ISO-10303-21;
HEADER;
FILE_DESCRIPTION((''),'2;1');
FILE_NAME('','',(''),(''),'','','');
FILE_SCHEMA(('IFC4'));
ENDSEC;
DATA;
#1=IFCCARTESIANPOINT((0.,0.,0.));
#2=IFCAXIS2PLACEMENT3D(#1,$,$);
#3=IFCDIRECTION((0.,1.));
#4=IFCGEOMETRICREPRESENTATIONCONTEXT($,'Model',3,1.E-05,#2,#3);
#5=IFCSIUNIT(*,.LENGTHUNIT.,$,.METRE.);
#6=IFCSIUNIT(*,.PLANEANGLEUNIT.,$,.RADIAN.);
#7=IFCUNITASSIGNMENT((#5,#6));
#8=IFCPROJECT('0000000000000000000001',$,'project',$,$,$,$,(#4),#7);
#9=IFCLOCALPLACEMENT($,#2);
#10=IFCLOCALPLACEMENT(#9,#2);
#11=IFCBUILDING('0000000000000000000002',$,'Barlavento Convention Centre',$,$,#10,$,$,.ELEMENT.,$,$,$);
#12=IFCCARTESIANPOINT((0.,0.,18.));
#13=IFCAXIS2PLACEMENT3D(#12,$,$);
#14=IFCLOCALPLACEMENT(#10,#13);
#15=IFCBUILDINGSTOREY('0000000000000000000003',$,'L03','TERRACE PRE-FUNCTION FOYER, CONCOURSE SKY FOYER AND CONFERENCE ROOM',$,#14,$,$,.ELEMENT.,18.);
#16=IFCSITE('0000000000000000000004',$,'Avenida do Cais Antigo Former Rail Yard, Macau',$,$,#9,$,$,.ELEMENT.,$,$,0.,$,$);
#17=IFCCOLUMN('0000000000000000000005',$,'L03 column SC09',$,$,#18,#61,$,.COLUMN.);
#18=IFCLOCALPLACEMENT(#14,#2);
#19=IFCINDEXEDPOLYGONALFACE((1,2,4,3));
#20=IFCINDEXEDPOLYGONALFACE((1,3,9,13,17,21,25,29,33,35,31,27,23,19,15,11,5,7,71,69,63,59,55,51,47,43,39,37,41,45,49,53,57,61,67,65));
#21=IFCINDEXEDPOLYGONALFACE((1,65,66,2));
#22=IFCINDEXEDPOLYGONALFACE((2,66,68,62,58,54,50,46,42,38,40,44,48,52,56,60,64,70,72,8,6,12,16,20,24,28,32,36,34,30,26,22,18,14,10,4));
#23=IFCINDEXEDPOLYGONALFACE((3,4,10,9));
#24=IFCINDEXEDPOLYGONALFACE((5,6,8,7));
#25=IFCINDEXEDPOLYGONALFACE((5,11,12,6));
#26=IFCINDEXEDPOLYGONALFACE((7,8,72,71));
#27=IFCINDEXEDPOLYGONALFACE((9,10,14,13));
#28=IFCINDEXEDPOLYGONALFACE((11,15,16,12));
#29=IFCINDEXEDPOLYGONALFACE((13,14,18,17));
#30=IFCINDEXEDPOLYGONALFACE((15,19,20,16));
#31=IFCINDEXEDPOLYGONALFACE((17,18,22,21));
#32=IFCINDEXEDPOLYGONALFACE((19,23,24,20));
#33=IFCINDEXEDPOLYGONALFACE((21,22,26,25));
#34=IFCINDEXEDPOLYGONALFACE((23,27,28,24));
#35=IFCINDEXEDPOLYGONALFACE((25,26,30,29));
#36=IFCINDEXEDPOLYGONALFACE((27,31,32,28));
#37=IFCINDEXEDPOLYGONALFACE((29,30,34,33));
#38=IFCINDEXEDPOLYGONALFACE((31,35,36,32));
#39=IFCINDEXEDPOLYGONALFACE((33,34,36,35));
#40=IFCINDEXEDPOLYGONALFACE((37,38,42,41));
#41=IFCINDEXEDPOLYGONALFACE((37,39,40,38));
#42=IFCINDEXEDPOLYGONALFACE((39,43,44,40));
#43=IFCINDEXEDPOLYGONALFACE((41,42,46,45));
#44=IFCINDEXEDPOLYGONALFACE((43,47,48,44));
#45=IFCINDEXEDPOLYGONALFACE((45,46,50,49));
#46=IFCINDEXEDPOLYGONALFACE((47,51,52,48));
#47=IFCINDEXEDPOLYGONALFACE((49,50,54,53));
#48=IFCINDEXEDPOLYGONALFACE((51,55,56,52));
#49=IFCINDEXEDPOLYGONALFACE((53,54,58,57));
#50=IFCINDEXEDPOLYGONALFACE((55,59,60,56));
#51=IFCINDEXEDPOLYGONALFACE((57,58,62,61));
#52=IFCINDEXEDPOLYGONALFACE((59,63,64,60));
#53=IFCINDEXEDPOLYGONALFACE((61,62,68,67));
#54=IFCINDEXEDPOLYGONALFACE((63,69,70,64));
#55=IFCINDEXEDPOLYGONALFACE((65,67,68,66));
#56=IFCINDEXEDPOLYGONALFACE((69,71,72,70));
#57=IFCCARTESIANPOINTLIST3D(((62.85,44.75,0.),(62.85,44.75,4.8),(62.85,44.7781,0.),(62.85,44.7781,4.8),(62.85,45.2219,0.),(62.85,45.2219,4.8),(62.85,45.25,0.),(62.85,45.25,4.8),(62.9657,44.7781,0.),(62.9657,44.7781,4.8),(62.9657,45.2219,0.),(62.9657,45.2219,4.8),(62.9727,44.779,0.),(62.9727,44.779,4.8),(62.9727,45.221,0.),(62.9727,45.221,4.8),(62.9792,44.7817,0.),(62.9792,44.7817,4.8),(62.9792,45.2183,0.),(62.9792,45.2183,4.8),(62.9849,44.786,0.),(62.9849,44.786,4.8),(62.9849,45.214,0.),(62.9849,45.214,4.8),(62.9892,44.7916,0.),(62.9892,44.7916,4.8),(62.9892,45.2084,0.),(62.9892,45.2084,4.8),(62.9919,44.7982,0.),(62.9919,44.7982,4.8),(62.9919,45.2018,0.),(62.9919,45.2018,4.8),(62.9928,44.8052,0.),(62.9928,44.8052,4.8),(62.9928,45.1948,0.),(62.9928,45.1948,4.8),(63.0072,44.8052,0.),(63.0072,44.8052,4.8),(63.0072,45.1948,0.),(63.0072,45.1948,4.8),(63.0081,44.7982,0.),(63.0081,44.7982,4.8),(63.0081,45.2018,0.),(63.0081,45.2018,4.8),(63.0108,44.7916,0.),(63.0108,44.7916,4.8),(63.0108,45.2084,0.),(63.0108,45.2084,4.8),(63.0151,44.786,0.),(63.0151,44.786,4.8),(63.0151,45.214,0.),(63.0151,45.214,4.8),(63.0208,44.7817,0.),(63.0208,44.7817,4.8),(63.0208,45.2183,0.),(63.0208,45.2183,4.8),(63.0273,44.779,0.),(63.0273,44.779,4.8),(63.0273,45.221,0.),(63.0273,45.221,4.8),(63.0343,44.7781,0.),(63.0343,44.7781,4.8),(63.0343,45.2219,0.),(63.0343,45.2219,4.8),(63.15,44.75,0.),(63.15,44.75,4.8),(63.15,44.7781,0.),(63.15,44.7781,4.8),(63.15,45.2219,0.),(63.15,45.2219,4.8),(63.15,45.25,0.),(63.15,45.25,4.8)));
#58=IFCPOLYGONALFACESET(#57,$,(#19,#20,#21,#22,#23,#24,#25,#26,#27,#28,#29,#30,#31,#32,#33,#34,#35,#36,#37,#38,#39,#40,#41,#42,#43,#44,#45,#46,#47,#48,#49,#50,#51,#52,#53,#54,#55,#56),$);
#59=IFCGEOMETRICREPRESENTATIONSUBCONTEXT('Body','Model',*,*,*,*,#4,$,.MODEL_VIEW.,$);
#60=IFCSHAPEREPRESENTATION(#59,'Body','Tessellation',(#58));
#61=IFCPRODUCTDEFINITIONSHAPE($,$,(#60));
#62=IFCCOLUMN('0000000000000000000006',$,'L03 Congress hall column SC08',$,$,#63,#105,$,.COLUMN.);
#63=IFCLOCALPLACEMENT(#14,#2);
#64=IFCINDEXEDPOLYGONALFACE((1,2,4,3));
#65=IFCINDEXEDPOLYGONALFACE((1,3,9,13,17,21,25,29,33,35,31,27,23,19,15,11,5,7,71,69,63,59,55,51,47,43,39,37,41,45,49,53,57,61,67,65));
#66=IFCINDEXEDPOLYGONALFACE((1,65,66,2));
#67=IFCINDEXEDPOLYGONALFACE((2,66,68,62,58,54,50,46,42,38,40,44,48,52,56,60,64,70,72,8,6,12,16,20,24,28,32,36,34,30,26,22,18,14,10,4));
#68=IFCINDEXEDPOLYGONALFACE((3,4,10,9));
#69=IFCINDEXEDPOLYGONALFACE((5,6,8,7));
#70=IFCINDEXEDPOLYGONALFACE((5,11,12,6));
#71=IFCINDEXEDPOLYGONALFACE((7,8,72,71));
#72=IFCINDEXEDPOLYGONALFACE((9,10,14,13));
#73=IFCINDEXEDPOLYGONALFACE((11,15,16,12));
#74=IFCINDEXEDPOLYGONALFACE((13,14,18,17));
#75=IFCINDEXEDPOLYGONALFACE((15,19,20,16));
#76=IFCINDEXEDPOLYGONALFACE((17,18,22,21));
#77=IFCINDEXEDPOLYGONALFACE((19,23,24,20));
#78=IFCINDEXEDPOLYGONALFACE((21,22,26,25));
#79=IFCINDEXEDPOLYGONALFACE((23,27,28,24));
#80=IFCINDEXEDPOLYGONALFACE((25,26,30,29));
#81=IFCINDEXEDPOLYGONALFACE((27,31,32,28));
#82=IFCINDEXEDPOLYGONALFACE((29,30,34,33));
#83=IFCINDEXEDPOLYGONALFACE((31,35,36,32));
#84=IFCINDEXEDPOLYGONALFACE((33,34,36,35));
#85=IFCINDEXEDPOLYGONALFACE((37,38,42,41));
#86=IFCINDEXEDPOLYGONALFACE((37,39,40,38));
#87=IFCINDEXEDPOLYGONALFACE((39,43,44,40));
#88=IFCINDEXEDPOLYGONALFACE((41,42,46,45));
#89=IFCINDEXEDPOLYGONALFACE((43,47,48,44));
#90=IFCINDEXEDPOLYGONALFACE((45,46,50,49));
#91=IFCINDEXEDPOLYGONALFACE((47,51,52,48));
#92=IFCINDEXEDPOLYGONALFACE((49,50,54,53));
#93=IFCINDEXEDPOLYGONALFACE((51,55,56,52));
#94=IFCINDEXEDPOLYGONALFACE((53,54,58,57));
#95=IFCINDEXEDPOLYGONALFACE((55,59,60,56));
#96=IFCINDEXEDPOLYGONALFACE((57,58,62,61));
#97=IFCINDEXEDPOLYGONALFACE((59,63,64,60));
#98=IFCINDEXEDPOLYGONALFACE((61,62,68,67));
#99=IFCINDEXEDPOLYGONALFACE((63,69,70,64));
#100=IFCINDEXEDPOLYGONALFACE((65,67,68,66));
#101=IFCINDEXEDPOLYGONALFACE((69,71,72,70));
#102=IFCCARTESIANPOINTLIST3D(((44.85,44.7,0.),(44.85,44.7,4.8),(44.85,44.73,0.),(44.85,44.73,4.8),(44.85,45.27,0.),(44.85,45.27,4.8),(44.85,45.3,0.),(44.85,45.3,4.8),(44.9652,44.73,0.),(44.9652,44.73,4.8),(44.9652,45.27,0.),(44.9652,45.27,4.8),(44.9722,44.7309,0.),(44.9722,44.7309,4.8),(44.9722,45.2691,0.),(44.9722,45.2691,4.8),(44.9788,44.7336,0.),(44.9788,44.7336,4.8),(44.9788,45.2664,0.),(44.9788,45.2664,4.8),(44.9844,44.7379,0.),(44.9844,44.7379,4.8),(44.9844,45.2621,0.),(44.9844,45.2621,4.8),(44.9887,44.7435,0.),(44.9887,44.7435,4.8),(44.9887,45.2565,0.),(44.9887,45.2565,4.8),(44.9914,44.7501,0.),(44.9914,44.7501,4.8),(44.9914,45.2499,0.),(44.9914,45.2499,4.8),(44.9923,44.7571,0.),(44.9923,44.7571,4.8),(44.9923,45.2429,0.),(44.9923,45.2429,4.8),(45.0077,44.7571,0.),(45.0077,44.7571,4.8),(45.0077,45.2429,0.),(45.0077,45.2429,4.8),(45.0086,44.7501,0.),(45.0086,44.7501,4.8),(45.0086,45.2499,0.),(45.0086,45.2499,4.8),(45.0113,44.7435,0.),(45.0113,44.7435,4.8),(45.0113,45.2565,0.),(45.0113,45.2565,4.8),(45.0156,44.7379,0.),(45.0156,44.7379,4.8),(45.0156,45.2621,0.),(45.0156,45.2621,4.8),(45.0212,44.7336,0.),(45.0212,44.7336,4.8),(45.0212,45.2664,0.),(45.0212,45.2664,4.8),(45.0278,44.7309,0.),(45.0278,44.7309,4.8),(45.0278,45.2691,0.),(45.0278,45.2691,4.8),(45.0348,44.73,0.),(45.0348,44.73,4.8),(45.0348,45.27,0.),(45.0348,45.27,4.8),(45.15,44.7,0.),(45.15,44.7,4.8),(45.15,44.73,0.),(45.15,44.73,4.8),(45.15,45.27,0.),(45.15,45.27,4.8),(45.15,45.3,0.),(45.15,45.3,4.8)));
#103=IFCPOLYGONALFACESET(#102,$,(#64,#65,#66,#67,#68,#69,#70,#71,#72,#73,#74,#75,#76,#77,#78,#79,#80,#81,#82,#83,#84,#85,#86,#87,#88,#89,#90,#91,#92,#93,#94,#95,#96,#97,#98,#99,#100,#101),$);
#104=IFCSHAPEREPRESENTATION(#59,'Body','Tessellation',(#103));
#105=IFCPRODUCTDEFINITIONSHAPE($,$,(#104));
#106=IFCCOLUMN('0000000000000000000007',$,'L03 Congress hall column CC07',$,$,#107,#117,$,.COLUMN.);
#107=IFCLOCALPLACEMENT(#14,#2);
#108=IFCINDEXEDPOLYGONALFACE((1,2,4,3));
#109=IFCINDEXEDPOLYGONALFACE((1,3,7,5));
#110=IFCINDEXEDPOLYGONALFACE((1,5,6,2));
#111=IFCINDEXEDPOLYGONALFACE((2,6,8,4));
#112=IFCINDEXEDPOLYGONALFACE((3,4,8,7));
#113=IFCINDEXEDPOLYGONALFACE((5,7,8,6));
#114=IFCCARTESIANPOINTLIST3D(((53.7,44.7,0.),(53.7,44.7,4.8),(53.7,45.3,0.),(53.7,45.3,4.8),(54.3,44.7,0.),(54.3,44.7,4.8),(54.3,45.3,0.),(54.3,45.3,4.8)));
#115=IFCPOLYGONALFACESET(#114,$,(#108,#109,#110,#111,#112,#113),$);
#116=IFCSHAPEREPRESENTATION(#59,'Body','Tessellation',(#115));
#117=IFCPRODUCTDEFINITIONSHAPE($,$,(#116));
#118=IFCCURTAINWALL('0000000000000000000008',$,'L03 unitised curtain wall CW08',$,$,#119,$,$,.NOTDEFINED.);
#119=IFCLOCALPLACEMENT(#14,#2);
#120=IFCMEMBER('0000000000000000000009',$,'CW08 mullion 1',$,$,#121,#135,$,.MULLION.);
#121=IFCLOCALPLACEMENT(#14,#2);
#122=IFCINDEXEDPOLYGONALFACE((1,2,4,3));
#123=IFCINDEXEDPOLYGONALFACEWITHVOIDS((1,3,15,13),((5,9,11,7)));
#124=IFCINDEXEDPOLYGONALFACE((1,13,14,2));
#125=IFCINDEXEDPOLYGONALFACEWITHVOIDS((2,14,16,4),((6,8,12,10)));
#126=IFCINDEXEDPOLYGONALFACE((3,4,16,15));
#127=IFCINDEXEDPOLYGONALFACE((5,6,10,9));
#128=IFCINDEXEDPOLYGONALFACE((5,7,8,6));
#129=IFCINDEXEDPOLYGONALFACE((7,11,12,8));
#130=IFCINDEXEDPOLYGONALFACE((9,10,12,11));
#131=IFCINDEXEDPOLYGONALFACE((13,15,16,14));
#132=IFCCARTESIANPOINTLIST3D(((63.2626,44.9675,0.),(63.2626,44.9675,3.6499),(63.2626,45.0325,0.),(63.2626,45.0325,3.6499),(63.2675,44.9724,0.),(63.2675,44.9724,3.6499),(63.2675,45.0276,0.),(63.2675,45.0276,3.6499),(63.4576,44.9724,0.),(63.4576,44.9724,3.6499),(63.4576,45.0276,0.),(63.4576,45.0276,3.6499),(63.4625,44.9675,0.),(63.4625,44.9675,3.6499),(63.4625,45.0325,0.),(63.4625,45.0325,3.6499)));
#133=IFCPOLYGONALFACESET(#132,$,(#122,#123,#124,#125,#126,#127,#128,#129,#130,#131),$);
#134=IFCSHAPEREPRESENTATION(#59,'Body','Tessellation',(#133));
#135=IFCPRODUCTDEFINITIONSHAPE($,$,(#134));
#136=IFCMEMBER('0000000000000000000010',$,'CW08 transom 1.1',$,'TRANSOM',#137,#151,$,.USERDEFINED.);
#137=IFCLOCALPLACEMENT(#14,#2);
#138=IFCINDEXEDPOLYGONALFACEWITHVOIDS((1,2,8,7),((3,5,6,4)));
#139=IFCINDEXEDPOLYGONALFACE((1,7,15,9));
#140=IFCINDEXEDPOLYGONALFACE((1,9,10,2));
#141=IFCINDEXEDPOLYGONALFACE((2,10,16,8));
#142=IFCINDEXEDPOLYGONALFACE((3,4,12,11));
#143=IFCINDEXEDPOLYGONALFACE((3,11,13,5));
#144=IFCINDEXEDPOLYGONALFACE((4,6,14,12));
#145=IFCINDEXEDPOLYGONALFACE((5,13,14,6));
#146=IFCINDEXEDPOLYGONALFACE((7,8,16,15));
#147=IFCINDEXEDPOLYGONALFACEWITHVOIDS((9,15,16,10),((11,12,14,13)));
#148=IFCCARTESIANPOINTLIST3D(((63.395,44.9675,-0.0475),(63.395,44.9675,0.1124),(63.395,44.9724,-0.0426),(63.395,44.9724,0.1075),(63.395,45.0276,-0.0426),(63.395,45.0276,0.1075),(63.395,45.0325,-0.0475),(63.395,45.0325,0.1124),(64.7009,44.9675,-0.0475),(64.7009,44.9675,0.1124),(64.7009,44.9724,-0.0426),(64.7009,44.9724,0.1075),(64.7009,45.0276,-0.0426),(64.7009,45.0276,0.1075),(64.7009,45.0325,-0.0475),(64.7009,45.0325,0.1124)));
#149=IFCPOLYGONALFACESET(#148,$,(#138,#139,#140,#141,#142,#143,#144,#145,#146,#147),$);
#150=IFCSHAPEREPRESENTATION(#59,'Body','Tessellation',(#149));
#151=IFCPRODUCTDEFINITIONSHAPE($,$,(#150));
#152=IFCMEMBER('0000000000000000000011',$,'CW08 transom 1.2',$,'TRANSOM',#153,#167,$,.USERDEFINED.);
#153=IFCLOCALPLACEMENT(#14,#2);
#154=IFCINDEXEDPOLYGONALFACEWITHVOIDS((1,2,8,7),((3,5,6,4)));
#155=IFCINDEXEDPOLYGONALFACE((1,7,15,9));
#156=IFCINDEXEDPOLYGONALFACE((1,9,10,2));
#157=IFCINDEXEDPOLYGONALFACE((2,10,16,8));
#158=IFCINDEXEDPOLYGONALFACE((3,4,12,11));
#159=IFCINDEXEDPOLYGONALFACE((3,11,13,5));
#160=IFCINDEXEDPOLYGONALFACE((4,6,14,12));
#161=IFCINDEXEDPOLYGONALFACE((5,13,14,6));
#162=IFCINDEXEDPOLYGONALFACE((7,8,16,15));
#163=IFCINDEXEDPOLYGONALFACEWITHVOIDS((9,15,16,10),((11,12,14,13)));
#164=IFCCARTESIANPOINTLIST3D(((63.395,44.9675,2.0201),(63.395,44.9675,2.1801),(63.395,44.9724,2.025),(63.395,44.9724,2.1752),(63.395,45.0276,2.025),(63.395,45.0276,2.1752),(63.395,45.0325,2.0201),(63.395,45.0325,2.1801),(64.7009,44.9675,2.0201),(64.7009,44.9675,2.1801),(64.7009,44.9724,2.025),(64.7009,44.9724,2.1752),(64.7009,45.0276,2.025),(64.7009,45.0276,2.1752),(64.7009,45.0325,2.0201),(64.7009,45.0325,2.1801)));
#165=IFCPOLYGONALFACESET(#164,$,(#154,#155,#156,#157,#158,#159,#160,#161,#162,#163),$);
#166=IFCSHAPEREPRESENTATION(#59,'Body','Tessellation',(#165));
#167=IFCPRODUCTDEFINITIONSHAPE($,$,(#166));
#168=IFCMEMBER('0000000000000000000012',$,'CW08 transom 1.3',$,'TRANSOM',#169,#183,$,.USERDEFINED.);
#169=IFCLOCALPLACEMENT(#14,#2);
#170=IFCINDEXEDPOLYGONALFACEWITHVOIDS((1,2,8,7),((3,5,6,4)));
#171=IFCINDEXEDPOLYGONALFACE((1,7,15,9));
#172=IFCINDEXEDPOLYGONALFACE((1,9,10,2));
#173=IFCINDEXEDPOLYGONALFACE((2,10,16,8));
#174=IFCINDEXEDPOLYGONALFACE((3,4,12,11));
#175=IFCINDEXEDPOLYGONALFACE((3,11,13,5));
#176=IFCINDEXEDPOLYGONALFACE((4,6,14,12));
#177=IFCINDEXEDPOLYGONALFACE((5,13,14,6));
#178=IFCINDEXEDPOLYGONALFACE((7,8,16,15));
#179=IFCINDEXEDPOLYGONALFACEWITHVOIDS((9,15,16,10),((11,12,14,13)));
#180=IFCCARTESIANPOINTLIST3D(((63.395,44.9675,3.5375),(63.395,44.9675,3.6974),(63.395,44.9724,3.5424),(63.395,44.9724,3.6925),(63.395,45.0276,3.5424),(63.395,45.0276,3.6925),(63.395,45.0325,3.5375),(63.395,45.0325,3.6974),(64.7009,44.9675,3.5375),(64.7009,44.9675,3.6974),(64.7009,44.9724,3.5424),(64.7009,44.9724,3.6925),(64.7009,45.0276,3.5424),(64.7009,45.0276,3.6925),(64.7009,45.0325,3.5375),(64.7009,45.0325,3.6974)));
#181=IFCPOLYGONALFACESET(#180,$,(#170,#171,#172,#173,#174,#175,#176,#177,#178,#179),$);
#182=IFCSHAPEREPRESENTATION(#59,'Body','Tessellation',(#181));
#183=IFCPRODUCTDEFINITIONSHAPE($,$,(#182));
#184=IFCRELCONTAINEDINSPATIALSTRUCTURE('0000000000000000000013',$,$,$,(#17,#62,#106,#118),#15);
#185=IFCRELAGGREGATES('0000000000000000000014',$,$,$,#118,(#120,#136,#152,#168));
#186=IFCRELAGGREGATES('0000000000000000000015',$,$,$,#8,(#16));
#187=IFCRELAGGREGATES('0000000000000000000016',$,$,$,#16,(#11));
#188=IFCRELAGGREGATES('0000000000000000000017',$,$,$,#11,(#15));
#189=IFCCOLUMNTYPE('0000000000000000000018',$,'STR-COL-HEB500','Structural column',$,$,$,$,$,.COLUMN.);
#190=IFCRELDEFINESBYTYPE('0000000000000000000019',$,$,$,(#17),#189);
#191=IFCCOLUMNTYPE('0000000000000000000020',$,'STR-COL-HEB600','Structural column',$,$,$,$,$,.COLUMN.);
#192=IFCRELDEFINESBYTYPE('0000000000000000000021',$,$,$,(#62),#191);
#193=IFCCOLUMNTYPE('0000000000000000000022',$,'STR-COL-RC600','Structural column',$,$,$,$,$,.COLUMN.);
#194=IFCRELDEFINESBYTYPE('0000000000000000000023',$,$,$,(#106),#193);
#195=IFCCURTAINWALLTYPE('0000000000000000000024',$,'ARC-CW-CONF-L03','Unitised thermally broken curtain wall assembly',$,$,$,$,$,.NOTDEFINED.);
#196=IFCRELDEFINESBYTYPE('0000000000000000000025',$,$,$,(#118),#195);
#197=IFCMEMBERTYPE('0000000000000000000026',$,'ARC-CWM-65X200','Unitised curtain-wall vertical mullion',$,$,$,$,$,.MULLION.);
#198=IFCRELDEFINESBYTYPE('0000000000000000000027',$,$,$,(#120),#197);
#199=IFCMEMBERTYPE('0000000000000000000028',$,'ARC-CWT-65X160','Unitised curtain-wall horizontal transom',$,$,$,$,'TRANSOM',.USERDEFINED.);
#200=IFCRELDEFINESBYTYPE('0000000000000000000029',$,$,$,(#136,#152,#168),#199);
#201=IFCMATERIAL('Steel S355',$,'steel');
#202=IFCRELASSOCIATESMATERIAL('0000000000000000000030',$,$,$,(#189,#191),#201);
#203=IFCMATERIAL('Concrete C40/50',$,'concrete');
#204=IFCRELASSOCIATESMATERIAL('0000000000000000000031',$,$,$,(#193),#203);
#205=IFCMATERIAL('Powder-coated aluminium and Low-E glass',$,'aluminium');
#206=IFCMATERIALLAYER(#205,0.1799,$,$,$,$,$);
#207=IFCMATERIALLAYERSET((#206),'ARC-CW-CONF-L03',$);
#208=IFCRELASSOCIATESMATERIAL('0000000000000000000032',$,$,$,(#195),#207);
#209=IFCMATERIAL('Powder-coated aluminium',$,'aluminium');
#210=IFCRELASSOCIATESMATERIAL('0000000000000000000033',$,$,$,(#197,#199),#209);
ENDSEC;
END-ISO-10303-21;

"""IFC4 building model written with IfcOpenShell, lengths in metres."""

from ifc_helpers import new_model, si_unit, direction, frame, origin, origin_2d, place, context, subcontext, project, spatial, rectangle, hollow_rectangle, i_section, extrude, material, layer, layer_set, material_profile, profile_set, type_object, element, aggregate, save


model = new_model("IFC4")

# Units and contexts
model_context = context("Model", 3, precision=1e-05, world=origin(), true_north=direction((0.0, 1.0)))
body_context = subcontext(model_context, "Body", "Model", "MODEL_VIEW")
ifc_project = project(units=[si_unit("LENGTHUNIT", "METRE"), si_unit("PLANEANGLEUNIT", "RADIAN")], contexts=[model_context])

# Site, building, storey
site_placement = place(None, origin())
site = spatial("IfcSite", under=ifc_project, at=site_placement, Name="Avenida do Cais Antigo Former Rail Yard, Macau", CompositionType="ELEMENT", RefElevation=0.0)
building_placement = place(site_placement, origin())
building = spatial("IfcBuilding", under=site, at=building_placement, Name="Barlavento Convention Centre", CompositionType="ELEMENT")
storey_placement = place(building_placement, frame((0.0, 0.0, 18.0)))
storey = spatial("IfcBuildingStorey", under=building, at=storey_placement, Name="L03", Description="TERRACE PRE-FUNCTION FOYER, CONCOURSE SKY FOYER AND CONFERENCE ROOM", CompositionType="ELEMENT", Elevation=18.0)

# Columns
ifc_material_1 = material(Name="Steel S355", Category="steel")
ifc_material_profile_1 = material_profile(ifc_material_1, i_section(OverallWidth=0.3, OverallDepth=0.5, WebThickness=0.0144, FlangeThickness=0.0281, FilletRadius=0.0271, at=origin_2d()), Name="HEB 500")
ifc_profile_set_1 = profile_set([ifc_material_profile_1], Name="Steel S355")
column_type_1 = type_object("IfcColumnType", Name="STR-COL-HEB500", Description="Structural column", PredefinedType="COLUMN", material=ifc_profile_set_1)
column_1_placement = place(storey_placement, frame((63.0, 45.0, 0.0), z_axis=(0.0, 0.0, 1.0), x_axis=(1.0, 0.0, 0.0)))
element("IfcColumn", 1, at=column_1_placement, inside=storey, type_object=column_type_1, Name="L03 column SC09", PredefinedType="COLUMN", context=body_context, shape_type="SweptSolid", body=[
    extrude(i_section(OverallWidth=0.3, OverallDepth=0.5, WebThickness=0.0144, FlangeThickness=0.0281, FilletRadius=0.0271, at=origin_2d()), origin(), (0.0, 0.0, 1.0), 4.8),
])
ifc_material_profile_2 = material_profile(ifc_material_1, i_section(OverallWidth=0.3, OverallDepth=0.6001, WebThickness=0.0154, FlangeThickness=0.03, FilletRadius=0.0271, at=origin_2d()), Name="HEB 600")
ifc_profile_set_2 = profile_set([ifc_material_profile_2], Name="Steel S355")
column_type_2 = type_object("IfcColumnType", Name="STR-COL-HEB600", Description="Structural column", PredefinedType="COLUMN", material=ifc_profile_set_2)
column_2_placement = place(storey_placement, frame((45.0, 45.0, 0.0), z_axis=(0.0, 0.0, 1.0), x_axis=(1.0, 0.0, 0.0)))
element("IfcColumn", 2, at=column_2_placement, inside=storey, type_object=column_type_2, Name="L03 Congress hall column SC08", PredefinedType="COLUMN", context=body_context, shape_type="SweptSolid", body=[
    extrude(i_section(OverallWidth=0.3, OverallDepth=0.6001, WebThickness=0.0154, FlangeThickness=0.03, FilletRadius=0.0271, at=origin_2d()), origin(), (0.0, 0.0, 1.0), 4.8),
])
ifc_material_2 = material(Name="Concrete C40/50", Category="concrete")
ifc_material_profile_3 = material_profile(ifc_material_2, rectangle(XDim=0.6001, YDim=0.6001, at=origin_2d()), Name="RC 600x600")
ifc_profile_set_3 = profile_set([ifc_material_profile_3], Name="Concrete C40/50")
column_type_3 = type_object("IfcColumnType", Name="STR-COL-RC600", Description="Structural column", PredefinedType="COLUMN", material=ifc_profile_set_3)
column_3_placement = place(storey_placement, frame((54.0, 45.0, 0.0), z_axis=(0.0, 0.0, 1.0), x_axis=(1.0, 0.0, 0.0)))
element("IfcColumn", 3, at=column_3_placement, inside=storey, type_object=column_type_3, Name="L03 Congress hall column CC07", PredefinedType="COLUMN", context=body_context, shape_type="SweptSolid", body=[
    extrude(rectangle(XDim=0.6001, YDim=0.6001, at=origin_2d()), origin(), (0.0, 0.0, 1.0), 4.8),
])

# Curtain wall, members
ifc_material_3 = material(Name="Powder-coated aluminium and Low-E glass", Category="aluminium")
ifc_layer_1 = layer(ifc_material_3, 0.1799)
ifc_layer_set_1 = layer_set([ifc_layer_1], Name="ARC-CW-CONF-L03")
curtain_wall_type = type_object("IfcCurtainWallType", Name="ARC-CW-CONF-L03", Description="Unitised thermally broken curtain wall assembly", PredefinedType="NOTDEFINED", material=ifc_layer_set_1)
curtain_wall_placement = place(storey_placement, origin())
curtain_wall = element("IfcCurtainWall", 4, at=curtain_wall_placement, inside=storey, type_object=curtain_wall_type, Name="L03 unitised curtain wall CW08", PredefinedType="NOTDEFINED")
ifc_material_4 = material(Name="Powder-coated aluminium", Category="aluminium")
ifc_material_profile_4 = material_profile(ifc_material_4, hollow_rectangle(XDim=0.0649, YDim=0.2, WallThickness=0.0049, at=origin_2d()), Name="AL-MULL 65x200x5")
ifc_profile_set_4 = profile_set([ifc_material_profile_4], Name="Powder-coated aluminium")
member_type_1 = type_object("IfcMemberType", Name="ARC-CWM-65X200", Description="Unitised curtain-wall vertical mullion", PredefinedType="MULLION", material=ifc_profile_set_4)
member_1_placement = place(storey_placement, frame((63.3625, 45.0, 0.0), z_axis=(0.0, 0.0, 1.0), x_axis=(0.0, 1.0, 0.0)))
member_1 = element("IfcMember", 5, at=member_1_placement, type_object=member_type_1, Name="CW08 mullion 1", PredefinedType="MULLION", context=body_context, shape_type="SweptSolid", body=[
    extrude(hollow_rectangle(XDim=0.0649, YDim=0.2, WallThickness=0.0049, at=origin_2d()), origin(), (0.0, 0.0, 1.0), 3.6499),
])
ifc_material_profile_5 = material_profile(ifc_material_4, hollow_rectangle(XDim=0.0649, YDim=0.1599, WallThickness=0.0049, at=origin_2d()), Name="AL-TRAN 65x160x5")
ifc_profile_set_5 = profile_set([ifc_material_profile_5], Name="Powder-coated aluminium")
member_type_2 = type_object("IfcMemberType", Name="ARC-CWT-65X160", Description="Unitised curtain-wall horizontal transom", ElementType="TRANSOM", PredefinedType="USERDEFINED", material=ifc_profile_set_5)
member_2_placement = place(storey_placement, frame((63.395, 45.0, 0.0325), z_axis=(1.0, 0.0, 0.0), x_axis=(0.0, 1.0, 0.0)))
member_2 = element("IfcMember", 6, at=member_2_placement, type_object=member_type_2, Name="CW08 transom 1.1", ObjectType="TRANSOM", PredefinedType="USERDEFINED", context=body_context, shape_type="SweptSolid", body=[
    extrude(hollow_rectangle(XDim=0.0649, YDim=0.1599, WallThickness=0.0049, at=origin_2d()), origin(), (0.0, 0.0, 1.0), 1.3059),
])
member_3_placement = place(storey_placement, frame((63.395, 45.0, 2.1001), z_axis=(1.0, 0.0, 0.0), x_axis=(0.0, 1.0, 0.0)))
member_3 = element("IfcMember", 7, at=member_3_placement, type_object=member_type_2, Name="CW08 transom 1.2", ObjectType="TRANSOM", PredefinedType="USERDEFINED", context=body_context, shape_type="SweptSolid", body=[
    extrude(hollow_rectangle(XDim=0.0649, YDim=0.1599, WallThickness=0.0049, at=origin_2d()), origin(), (0.0, 0.0, 1.0), 1.3059),
])
member_4_placement = place(storey_placement, frame((63.395, 45.0, 3.6174), z_axis=(1.0, 0.0, 0.0), x_axis=(0.0, 1.0, 0.0)))
member_4 = element("IfcMember", 8, at=member_4_placement, type_object=member_type_2, Name="CW08 transom 1.3", ObjectType="TRANSOM", PredefinedType="USERDEFINED", context=body_context, shape_type="SweptSolid", body=[
    extrude(hollow_rectangle(XDim=0.0649, YDim=0.1599, WallThickness=0.0049, at=origin_2d()), origin(), (0.0, 0.0, 1.0), 1.3059),
])

aggregate(curtain_wall, [member_1, member_2, member_3, member_4])

save(model, "model.ifc")
